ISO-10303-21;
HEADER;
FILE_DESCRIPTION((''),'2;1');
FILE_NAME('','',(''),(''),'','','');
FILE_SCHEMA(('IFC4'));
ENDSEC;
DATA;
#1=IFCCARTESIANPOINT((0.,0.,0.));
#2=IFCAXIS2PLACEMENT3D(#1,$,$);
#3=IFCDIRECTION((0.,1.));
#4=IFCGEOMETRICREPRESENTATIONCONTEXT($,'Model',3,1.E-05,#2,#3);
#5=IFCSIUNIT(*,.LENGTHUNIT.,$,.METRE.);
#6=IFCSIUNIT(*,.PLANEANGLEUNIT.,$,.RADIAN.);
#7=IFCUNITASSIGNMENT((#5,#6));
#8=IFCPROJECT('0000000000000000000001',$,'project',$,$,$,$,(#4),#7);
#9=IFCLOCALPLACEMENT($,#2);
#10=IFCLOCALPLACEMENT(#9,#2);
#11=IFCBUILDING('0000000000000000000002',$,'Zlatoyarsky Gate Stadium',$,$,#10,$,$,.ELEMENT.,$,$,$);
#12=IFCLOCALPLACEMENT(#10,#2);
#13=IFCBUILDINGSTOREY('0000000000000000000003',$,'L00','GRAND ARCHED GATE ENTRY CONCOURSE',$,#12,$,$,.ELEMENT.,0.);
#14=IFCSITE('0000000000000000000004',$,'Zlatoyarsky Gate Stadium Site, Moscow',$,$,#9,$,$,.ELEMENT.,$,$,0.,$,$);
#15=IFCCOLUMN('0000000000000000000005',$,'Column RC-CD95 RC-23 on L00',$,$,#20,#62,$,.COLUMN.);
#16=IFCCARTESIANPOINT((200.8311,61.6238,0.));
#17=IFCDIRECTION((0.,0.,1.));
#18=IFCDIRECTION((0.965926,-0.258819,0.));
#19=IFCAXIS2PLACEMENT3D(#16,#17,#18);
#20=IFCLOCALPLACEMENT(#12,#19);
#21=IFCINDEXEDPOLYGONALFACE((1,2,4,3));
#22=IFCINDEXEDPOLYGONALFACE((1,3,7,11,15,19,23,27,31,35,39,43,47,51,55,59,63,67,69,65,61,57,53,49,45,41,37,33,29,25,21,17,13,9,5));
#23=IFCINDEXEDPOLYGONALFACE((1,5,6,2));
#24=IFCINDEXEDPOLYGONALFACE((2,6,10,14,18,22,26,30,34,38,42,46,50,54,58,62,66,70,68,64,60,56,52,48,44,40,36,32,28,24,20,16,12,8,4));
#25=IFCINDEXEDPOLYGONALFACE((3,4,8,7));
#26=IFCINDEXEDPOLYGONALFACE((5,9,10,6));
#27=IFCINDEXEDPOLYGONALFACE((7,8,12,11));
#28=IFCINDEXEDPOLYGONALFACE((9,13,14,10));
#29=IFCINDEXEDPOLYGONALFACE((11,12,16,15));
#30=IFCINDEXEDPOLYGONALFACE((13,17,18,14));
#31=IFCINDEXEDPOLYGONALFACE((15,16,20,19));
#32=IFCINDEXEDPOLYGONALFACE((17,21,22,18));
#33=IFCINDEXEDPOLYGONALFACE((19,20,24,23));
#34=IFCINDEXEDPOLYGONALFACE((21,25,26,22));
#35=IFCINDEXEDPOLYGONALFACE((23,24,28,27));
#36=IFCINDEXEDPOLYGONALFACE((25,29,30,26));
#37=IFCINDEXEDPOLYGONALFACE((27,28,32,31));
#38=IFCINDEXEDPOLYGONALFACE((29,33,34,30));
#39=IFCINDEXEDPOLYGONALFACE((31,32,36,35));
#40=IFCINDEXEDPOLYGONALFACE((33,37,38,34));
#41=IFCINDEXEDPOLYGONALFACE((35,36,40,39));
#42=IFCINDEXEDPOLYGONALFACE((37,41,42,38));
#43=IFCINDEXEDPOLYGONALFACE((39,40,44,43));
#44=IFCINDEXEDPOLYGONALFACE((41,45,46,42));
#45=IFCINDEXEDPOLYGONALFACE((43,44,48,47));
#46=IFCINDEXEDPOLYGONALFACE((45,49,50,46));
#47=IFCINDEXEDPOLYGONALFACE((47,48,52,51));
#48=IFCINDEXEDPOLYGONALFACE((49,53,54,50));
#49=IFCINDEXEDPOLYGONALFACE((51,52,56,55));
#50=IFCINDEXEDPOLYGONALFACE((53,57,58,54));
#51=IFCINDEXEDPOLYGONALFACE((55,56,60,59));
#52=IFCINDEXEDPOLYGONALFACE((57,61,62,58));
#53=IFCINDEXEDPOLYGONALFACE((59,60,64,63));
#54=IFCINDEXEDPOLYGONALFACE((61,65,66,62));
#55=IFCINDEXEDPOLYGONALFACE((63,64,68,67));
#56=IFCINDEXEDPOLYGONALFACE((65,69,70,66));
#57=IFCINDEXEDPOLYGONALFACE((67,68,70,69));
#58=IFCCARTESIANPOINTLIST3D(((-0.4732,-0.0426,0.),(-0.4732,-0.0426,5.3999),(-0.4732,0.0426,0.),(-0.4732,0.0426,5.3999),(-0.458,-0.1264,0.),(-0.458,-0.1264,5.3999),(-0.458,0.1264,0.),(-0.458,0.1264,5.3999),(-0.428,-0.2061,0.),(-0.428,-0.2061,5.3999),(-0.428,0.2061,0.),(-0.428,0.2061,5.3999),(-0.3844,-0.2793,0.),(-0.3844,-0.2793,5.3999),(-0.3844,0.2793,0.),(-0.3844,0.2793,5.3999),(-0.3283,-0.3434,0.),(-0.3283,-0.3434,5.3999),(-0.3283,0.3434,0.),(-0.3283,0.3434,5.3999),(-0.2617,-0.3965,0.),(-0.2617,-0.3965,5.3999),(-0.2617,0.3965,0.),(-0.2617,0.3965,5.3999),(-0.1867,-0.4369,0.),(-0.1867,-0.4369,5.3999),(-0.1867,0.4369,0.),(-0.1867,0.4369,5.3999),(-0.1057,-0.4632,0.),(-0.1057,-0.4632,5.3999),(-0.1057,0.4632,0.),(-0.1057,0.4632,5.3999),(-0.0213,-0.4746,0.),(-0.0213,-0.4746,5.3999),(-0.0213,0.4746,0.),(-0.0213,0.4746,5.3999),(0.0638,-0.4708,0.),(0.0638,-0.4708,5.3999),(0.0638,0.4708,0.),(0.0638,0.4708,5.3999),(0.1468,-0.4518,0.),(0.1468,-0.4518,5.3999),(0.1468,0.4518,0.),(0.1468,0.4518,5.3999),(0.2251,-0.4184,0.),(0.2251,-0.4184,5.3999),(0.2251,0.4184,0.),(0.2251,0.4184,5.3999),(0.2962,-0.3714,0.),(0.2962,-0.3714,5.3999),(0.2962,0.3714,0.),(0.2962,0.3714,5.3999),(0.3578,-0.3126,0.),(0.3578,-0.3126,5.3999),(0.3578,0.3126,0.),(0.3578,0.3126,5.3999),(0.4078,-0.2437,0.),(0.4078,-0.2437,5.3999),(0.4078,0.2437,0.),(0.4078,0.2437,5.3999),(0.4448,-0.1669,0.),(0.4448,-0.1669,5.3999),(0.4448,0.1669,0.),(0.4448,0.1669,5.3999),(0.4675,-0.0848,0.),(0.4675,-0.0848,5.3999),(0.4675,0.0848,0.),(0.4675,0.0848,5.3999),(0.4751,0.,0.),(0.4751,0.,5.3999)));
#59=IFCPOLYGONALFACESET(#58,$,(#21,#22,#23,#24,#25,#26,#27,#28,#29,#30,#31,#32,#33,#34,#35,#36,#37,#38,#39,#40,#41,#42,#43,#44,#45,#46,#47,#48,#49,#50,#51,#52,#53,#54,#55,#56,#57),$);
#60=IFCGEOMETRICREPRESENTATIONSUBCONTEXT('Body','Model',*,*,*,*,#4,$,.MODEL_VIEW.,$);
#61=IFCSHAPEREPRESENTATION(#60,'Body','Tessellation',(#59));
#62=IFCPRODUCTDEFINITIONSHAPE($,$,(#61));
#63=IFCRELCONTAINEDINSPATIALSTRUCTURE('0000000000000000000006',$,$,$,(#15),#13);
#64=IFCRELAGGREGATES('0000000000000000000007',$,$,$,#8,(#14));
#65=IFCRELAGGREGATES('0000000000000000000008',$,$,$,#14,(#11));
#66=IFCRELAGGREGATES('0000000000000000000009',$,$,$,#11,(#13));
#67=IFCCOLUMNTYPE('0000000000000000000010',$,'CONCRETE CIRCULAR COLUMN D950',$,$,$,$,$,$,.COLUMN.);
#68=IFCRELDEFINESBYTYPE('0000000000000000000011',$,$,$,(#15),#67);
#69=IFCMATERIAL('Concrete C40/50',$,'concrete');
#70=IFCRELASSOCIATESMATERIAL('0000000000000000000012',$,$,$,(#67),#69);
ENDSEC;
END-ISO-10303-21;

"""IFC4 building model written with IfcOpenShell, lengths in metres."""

from ifc_helpers import new_model, si_unit, direction, frame, origin, origin_2d, place, context, subcontext, project, spatial, circle, extrude, material, material_profile, profile_set, type_object, element, save


model = new_model("IFC4")

# Units and contexts
model_context = context("Model", 3, precision=1e-05, world=origin(), true_north=direction((0.0, 1.0)))
body_context = subcontext(model_context, "Body", "Model", "MODEL_VIEW")
ifc_project = project(units=[si_unit("LENGTHUNIT", "METRE"), si_unit("PLANEANGLEUNIT", "RADIAN")], contexts=[model_context])

# Site, building, storey
site_placement = place(None, origin())
site = spatial("IfcSite", under=ifc_project, at=site_placement, Name="Zlatoyarsky Gate Stadium Site, Moscow", CompositionType="ELEMENT", RefElevation=0.0)
building_placement = place(site_placement, origin())
building = spatial("IfcBuilding", under=site, at=building_placement, Name="Zlatoyarsky Gate Stadium", CompositionType="ELEMENT")
storey_placement = place(building_placement, origin())
storey = spatial("IfcBuildingStorey", under=building, at=storey_placement, Name="L00", Description="GRAND ARCHED GATE ENTRY CONCOURSE", CompositionType="ELEMENT", Elevation=0.0)

# Column
ifc_material_1 = material(Name="Concrete C40/50", Category="concrete")
ifc_material_profile_1 = material_profile(ifc_material_1, circle(Radius=0.4751, at=origin_2d()), Name="RC COL D950")
ifc_profile_set_1 = profile_set([ifc_material_profile_1], Name="Concrete C40/50")
column_type_1 = type_object("IfcColumnType", Name="CONCRETE CIRCULAR COLUMN D950", PredefinedType="COLUMN", material=ifc_profile_set_1)
column_placement = place(storey_placement, frame((200.8311, 61.6238, 0.0), z_axis=(0.0, 0.0, 1.0), x_axis=(0.965926, -0.258819, 0.0)))
element("IfcColumn", 1, at=column_placement, inside=storey, type_object=column_type_1, Name="Column RC-CD95 RC-23 on L00", PredefinedType="COLUMN", context=body_context, shape_type="SweptSolid", body=[
    extrude(circle(Radius=0.4751, at=origin_2d()), origin(), (0.0, 0.0, 1.0), 5.3999),
])

save(model, "model.ifc")
